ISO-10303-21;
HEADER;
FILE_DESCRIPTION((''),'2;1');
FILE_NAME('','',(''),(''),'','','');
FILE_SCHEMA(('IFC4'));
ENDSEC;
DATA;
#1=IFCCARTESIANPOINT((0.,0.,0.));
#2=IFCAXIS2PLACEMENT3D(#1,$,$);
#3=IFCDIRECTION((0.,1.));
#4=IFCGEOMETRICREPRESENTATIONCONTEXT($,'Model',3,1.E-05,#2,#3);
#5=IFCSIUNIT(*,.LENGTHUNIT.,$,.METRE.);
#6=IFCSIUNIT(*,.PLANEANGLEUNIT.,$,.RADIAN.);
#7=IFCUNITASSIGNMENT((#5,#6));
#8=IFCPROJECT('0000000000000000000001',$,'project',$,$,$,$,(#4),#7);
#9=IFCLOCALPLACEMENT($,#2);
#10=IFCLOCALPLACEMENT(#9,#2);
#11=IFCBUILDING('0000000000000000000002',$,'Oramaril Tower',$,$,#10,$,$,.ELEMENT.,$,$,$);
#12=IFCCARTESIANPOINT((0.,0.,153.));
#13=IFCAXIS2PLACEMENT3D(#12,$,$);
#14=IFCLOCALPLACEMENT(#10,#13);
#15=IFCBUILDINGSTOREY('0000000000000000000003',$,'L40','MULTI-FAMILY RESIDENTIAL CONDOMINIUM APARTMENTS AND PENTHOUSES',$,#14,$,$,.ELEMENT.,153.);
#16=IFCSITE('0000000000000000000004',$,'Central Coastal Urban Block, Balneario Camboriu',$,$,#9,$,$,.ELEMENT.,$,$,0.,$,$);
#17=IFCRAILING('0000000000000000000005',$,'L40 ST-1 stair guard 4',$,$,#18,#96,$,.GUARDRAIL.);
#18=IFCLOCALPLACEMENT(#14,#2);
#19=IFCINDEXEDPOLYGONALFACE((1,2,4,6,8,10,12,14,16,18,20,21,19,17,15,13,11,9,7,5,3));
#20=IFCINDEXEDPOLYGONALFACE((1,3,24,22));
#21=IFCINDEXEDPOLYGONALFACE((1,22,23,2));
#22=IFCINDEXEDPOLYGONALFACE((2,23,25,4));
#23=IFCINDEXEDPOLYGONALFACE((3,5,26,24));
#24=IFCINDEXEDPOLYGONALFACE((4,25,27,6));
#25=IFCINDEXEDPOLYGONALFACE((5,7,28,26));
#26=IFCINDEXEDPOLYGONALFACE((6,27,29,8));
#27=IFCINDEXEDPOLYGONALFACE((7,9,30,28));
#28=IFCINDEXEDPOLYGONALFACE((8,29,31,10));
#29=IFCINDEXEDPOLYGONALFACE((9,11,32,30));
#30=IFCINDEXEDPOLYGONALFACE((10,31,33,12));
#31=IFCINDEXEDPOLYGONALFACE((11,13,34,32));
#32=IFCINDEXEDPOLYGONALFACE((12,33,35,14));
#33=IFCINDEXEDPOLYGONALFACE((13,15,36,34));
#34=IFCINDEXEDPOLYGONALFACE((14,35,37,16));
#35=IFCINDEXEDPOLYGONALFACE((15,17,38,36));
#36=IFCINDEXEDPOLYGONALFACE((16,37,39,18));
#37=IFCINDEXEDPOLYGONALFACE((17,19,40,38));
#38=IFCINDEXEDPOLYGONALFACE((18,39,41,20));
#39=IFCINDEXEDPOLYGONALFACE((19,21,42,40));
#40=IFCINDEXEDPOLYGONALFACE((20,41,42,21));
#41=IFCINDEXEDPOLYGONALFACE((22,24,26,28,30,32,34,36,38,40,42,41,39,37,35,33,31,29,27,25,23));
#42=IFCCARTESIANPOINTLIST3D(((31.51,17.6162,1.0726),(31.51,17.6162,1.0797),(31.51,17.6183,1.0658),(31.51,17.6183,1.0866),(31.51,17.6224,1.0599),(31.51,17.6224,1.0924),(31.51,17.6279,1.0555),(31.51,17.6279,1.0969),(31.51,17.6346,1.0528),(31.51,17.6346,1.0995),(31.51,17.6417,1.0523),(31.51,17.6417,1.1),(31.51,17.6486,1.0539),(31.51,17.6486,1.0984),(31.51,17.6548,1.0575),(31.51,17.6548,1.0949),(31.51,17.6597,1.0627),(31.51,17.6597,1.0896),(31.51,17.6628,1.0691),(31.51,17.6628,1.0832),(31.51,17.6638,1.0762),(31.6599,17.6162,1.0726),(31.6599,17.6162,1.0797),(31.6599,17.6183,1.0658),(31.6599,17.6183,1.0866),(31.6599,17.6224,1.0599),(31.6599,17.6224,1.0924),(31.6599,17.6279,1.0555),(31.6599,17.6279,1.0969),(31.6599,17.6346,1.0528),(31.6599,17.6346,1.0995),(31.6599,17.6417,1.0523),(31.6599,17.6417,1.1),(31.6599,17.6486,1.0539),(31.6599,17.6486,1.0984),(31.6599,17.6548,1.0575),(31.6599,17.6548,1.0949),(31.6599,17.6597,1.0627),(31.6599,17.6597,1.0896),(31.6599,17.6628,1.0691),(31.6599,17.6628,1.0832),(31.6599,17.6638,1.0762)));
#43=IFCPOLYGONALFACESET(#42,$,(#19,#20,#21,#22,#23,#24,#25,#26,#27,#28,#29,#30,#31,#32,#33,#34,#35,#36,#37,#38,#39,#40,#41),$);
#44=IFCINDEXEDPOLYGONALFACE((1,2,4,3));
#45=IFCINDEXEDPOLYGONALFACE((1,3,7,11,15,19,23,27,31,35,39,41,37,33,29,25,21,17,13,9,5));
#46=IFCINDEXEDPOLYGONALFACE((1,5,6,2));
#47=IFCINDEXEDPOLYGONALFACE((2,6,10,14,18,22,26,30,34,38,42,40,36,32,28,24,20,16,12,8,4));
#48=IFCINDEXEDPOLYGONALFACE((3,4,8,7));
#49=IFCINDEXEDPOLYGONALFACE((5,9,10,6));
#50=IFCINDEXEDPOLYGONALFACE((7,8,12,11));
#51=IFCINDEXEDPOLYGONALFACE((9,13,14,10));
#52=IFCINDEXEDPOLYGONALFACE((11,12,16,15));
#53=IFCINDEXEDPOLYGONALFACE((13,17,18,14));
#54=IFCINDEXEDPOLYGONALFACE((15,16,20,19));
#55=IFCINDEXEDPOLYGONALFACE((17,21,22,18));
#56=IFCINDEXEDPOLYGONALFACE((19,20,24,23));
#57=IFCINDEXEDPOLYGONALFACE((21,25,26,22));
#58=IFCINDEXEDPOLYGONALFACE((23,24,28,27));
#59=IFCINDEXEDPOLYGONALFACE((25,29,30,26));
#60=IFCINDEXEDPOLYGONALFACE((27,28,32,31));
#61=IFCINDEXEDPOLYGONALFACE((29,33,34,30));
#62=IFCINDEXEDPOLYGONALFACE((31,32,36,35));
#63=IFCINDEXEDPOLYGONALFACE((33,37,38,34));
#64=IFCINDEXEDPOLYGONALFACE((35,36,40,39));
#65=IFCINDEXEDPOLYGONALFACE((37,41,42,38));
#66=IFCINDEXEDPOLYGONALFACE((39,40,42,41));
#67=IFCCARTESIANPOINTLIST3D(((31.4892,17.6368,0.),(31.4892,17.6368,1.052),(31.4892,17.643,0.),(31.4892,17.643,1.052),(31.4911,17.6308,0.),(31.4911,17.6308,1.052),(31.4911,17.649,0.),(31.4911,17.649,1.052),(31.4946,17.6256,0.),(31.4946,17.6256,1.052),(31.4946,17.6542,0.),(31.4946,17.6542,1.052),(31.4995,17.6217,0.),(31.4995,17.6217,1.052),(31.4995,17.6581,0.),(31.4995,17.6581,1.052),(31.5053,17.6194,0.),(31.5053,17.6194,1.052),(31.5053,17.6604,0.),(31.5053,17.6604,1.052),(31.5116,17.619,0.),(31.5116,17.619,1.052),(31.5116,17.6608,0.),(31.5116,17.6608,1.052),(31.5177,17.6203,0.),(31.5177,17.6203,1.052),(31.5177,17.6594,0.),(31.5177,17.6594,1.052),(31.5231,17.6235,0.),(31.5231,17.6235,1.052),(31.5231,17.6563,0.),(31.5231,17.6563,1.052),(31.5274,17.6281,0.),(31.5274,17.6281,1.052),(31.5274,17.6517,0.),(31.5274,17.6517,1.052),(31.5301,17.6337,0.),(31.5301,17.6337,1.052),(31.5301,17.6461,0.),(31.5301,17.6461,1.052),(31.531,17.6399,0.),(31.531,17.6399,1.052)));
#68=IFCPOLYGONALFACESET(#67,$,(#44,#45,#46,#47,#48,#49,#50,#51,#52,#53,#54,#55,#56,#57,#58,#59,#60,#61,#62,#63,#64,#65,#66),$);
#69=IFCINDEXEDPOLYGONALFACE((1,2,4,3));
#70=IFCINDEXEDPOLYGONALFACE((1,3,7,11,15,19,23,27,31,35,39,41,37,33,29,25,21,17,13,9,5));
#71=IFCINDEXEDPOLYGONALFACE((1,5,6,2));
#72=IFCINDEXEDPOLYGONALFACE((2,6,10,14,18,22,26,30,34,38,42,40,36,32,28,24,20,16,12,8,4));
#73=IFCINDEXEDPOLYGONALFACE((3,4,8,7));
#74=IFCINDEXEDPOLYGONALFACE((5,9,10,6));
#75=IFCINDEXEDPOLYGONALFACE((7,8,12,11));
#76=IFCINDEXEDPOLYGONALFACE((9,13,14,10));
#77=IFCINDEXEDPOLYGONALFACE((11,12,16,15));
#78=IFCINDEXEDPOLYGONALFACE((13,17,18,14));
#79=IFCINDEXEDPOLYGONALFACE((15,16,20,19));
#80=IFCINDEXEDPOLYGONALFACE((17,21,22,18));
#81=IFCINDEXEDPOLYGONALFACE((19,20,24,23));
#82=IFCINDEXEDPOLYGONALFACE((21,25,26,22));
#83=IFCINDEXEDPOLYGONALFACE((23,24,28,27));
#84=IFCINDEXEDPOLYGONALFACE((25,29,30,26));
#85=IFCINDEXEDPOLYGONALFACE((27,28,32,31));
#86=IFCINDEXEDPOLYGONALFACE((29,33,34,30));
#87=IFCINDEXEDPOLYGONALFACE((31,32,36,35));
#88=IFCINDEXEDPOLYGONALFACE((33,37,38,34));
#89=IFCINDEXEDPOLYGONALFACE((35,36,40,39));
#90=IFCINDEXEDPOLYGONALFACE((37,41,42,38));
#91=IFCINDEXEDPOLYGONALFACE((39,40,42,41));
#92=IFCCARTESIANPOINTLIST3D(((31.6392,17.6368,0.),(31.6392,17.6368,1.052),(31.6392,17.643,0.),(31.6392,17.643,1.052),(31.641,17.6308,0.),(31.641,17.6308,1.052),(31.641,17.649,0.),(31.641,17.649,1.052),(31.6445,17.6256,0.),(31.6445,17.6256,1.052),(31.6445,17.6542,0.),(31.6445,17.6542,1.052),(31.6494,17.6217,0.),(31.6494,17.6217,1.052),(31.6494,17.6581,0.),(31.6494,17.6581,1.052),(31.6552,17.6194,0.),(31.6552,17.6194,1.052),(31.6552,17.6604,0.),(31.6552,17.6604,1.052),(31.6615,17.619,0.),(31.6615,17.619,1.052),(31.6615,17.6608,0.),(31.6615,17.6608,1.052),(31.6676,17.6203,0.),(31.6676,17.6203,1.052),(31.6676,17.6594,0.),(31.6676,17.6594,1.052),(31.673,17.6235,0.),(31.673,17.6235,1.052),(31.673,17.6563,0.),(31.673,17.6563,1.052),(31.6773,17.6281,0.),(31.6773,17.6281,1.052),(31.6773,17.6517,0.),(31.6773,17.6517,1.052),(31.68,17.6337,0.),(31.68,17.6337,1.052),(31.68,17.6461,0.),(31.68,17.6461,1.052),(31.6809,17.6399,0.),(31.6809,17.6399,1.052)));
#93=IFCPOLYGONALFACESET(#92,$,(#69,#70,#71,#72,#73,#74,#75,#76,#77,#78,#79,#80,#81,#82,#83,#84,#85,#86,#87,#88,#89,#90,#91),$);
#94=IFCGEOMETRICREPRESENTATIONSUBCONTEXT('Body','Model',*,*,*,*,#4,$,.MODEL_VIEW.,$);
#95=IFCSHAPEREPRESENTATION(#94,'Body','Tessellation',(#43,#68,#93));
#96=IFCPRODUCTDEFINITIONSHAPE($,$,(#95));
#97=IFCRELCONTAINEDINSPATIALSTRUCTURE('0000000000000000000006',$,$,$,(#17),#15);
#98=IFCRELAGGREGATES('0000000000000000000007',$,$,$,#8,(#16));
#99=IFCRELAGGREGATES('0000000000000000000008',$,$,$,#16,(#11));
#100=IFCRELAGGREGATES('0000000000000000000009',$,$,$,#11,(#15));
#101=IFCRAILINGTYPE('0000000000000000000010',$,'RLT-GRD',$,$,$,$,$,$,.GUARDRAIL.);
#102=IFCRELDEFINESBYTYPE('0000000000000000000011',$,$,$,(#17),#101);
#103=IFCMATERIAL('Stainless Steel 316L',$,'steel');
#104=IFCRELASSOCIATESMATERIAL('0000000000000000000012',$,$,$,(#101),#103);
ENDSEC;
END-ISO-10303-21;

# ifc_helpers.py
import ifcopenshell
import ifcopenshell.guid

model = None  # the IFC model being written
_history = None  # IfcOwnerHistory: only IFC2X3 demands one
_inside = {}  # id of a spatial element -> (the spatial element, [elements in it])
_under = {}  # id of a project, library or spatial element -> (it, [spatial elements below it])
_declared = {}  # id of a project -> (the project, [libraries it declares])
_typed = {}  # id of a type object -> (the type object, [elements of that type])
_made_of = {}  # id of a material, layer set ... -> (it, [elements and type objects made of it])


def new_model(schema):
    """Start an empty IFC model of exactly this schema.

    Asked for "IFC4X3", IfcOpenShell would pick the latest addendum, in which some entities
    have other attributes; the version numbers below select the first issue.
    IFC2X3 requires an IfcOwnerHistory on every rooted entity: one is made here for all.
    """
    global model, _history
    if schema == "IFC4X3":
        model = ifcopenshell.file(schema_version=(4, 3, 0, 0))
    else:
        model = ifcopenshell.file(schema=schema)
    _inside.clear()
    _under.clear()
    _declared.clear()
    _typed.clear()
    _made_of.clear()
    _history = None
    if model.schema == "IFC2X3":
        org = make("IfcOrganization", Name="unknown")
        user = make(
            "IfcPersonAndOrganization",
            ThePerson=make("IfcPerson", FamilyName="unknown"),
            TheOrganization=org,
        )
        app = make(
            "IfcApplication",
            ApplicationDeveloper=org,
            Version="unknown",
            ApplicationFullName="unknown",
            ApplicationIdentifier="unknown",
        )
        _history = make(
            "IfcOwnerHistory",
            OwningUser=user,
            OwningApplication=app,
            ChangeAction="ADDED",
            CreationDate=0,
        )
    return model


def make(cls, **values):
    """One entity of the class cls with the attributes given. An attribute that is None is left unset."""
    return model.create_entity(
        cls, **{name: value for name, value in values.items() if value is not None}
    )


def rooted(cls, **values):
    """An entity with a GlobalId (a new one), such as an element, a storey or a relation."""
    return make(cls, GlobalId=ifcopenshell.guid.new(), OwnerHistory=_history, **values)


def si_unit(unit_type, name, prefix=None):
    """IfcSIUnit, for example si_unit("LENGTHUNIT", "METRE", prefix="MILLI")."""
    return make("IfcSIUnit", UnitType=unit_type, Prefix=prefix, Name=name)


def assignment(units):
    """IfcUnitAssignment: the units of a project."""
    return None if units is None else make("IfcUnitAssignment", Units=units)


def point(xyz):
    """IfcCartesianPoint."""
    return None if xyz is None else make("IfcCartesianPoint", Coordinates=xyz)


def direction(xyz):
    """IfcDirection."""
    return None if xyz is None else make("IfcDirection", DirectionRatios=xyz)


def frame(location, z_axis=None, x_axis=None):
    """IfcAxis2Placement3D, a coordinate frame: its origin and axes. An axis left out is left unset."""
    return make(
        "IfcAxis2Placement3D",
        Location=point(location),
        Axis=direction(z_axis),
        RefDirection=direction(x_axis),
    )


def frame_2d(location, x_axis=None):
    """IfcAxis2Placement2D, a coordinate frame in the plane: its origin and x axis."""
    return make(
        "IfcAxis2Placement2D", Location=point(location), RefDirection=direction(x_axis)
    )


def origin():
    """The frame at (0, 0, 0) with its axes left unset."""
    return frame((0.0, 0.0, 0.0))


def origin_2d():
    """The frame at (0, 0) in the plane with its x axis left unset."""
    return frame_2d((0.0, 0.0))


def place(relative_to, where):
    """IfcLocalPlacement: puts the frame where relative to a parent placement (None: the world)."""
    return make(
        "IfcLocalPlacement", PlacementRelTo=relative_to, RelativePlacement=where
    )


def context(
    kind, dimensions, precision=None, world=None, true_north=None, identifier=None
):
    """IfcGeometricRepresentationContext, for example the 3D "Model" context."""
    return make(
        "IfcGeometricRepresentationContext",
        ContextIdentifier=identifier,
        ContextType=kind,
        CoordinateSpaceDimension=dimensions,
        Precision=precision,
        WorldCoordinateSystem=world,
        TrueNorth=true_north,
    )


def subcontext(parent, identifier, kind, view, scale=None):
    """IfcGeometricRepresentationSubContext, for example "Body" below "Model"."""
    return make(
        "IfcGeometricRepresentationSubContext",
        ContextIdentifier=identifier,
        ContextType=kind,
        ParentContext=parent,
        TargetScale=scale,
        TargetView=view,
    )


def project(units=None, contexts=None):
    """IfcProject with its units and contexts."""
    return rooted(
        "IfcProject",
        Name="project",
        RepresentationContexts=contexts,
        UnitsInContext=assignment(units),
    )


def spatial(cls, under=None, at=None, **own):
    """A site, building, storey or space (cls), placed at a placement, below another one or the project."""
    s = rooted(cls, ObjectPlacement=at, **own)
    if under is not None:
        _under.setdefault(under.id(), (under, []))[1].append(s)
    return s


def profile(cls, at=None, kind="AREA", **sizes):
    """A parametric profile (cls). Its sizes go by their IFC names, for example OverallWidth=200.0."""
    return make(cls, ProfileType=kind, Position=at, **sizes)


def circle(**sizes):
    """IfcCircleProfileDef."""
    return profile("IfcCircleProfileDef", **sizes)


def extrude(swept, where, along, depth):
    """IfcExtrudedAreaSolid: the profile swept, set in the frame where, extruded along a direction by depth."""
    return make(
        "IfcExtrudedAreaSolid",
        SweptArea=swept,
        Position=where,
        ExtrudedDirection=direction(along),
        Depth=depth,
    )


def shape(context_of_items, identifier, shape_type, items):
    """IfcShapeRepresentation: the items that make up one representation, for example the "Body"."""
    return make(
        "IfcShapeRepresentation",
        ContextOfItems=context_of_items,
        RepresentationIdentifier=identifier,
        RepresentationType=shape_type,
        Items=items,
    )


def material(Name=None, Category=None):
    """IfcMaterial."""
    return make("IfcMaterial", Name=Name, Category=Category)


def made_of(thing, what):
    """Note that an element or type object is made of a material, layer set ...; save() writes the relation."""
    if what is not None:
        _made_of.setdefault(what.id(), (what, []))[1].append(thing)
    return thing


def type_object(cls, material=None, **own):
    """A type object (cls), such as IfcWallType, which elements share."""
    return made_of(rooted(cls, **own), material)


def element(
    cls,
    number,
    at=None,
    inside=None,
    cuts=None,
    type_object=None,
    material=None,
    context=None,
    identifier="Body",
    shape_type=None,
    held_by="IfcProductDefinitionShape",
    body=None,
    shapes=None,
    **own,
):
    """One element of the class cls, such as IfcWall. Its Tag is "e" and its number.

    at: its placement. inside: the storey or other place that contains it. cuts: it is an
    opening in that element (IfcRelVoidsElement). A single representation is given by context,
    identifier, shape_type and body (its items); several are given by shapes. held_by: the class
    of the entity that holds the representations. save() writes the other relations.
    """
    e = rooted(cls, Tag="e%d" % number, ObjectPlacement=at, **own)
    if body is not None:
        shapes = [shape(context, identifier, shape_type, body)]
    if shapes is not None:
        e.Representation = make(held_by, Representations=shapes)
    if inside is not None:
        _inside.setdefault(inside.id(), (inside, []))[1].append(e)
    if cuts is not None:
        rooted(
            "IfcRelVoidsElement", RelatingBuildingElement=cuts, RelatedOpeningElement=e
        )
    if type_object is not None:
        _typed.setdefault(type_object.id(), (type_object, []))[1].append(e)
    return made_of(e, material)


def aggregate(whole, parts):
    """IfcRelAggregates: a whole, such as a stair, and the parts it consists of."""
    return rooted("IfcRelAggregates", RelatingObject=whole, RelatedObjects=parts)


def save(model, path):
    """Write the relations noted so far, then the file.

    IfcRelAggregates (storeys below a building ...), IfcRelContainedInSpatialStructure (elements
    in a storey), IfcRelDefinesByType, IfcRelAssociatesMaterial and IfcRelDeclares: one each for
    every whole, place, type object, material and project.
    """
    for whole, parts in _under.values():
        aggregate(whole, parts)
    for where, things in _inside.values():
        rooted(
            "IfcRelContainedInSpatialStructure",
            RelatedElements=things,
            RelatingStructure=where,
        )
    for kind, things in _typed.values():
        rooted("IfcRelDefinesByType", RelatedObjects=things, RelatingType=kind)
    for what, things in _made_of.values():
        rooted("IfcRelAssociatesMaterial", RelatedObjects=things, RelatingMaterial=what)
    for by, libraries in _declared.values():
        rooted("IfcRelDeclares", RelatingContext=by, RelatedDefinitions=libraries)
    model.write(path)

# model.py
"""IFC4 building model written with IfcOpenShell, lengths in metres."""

from ifc_helpers import new_model, si_unit, direction, frame, origin, origin_2d, place, context, subcontext, project, spatial, circle, extrude, material, type_object, element, save


model = new_model("IFC4")

# Units and contexts
model_context = context("Model", 3, precision=1e-05, world=origin(), true_north=direction((0.0, 1.0)))
body_context = subcontext(model_context, "Body", "Model", "MODEL_VIEW")
ifc_project = project(units=[si_unit("LENGTHUNIT", "METRE"), si_unit("PLANEANGLEUNIT", "RADIAN")], contexts=[model_context])

# Site, building, storey
site_placement = place(None, origin())
site = spatial("IfcSite", under=ifc_project, at=site_placement, Name="Central Coastal Urban Block, Balneario Camboriu", CompositionType="ELEMENT", RefElevation=0.0)
building_placement = place(site_placement, origin())
building = spatial("IfcBuilding", under=site, at=building_placement, Name="Oramaril Tower", CompositionType="ELEMENT")
storey_placement = place(building_placement, frame((0.0, 0.0, 153.0)))
storey = spatial("IfcBuildingStorey", under=building, at=storey_placement, Name="L40", Description="MULTI-FAMILY RESIDENTIAL CONDOMINIUM APARTMENTS AND PENTHOUSES", CompositionType="ELEMENT", Elevation=153.0)

# Railing
ifc_material_1 = material(Name="Stainless Steel 316L", Category="steel")
railing_type_1 = type_object("IfcRailingType", Name="RLT-GRD", PredefinedType="GUARDRAIL", material=ifc_material_1)
railing_1_placement = place(storey_placement, frame((31.51, 17.6399, 0.0)))
element("IfcRailing", 1, at=railing_1_placement, inside=storey, type_object=railing_type_1, Name="L40 ST-1 stair guard 4", PredefinedType="GUARDRAIL", context=body_context, shape_type="SweptSolid", body=[
    extrude(circle(Radius=0.0239, at=origin_2d()), frame((0.0, 0.0, 1.0762), z_axis=(1.0, 0.0, 0.0), x_axis=(0.0, 1.0, 0.0)), (0.0, 0.0, 1.0), 0.1499),
    extrude(circle(Radius=0.021, at=origin_2d()), origin(), (0.0, 0.0, 1.0), 1.052),
    extrude(circle(Radius=0.021, at=origin_2d()), frame((0.1499, 0.0, 0.0)), (0.0, 0.0, 1.0), 1.052),
])

save(model, "model.ifc")
